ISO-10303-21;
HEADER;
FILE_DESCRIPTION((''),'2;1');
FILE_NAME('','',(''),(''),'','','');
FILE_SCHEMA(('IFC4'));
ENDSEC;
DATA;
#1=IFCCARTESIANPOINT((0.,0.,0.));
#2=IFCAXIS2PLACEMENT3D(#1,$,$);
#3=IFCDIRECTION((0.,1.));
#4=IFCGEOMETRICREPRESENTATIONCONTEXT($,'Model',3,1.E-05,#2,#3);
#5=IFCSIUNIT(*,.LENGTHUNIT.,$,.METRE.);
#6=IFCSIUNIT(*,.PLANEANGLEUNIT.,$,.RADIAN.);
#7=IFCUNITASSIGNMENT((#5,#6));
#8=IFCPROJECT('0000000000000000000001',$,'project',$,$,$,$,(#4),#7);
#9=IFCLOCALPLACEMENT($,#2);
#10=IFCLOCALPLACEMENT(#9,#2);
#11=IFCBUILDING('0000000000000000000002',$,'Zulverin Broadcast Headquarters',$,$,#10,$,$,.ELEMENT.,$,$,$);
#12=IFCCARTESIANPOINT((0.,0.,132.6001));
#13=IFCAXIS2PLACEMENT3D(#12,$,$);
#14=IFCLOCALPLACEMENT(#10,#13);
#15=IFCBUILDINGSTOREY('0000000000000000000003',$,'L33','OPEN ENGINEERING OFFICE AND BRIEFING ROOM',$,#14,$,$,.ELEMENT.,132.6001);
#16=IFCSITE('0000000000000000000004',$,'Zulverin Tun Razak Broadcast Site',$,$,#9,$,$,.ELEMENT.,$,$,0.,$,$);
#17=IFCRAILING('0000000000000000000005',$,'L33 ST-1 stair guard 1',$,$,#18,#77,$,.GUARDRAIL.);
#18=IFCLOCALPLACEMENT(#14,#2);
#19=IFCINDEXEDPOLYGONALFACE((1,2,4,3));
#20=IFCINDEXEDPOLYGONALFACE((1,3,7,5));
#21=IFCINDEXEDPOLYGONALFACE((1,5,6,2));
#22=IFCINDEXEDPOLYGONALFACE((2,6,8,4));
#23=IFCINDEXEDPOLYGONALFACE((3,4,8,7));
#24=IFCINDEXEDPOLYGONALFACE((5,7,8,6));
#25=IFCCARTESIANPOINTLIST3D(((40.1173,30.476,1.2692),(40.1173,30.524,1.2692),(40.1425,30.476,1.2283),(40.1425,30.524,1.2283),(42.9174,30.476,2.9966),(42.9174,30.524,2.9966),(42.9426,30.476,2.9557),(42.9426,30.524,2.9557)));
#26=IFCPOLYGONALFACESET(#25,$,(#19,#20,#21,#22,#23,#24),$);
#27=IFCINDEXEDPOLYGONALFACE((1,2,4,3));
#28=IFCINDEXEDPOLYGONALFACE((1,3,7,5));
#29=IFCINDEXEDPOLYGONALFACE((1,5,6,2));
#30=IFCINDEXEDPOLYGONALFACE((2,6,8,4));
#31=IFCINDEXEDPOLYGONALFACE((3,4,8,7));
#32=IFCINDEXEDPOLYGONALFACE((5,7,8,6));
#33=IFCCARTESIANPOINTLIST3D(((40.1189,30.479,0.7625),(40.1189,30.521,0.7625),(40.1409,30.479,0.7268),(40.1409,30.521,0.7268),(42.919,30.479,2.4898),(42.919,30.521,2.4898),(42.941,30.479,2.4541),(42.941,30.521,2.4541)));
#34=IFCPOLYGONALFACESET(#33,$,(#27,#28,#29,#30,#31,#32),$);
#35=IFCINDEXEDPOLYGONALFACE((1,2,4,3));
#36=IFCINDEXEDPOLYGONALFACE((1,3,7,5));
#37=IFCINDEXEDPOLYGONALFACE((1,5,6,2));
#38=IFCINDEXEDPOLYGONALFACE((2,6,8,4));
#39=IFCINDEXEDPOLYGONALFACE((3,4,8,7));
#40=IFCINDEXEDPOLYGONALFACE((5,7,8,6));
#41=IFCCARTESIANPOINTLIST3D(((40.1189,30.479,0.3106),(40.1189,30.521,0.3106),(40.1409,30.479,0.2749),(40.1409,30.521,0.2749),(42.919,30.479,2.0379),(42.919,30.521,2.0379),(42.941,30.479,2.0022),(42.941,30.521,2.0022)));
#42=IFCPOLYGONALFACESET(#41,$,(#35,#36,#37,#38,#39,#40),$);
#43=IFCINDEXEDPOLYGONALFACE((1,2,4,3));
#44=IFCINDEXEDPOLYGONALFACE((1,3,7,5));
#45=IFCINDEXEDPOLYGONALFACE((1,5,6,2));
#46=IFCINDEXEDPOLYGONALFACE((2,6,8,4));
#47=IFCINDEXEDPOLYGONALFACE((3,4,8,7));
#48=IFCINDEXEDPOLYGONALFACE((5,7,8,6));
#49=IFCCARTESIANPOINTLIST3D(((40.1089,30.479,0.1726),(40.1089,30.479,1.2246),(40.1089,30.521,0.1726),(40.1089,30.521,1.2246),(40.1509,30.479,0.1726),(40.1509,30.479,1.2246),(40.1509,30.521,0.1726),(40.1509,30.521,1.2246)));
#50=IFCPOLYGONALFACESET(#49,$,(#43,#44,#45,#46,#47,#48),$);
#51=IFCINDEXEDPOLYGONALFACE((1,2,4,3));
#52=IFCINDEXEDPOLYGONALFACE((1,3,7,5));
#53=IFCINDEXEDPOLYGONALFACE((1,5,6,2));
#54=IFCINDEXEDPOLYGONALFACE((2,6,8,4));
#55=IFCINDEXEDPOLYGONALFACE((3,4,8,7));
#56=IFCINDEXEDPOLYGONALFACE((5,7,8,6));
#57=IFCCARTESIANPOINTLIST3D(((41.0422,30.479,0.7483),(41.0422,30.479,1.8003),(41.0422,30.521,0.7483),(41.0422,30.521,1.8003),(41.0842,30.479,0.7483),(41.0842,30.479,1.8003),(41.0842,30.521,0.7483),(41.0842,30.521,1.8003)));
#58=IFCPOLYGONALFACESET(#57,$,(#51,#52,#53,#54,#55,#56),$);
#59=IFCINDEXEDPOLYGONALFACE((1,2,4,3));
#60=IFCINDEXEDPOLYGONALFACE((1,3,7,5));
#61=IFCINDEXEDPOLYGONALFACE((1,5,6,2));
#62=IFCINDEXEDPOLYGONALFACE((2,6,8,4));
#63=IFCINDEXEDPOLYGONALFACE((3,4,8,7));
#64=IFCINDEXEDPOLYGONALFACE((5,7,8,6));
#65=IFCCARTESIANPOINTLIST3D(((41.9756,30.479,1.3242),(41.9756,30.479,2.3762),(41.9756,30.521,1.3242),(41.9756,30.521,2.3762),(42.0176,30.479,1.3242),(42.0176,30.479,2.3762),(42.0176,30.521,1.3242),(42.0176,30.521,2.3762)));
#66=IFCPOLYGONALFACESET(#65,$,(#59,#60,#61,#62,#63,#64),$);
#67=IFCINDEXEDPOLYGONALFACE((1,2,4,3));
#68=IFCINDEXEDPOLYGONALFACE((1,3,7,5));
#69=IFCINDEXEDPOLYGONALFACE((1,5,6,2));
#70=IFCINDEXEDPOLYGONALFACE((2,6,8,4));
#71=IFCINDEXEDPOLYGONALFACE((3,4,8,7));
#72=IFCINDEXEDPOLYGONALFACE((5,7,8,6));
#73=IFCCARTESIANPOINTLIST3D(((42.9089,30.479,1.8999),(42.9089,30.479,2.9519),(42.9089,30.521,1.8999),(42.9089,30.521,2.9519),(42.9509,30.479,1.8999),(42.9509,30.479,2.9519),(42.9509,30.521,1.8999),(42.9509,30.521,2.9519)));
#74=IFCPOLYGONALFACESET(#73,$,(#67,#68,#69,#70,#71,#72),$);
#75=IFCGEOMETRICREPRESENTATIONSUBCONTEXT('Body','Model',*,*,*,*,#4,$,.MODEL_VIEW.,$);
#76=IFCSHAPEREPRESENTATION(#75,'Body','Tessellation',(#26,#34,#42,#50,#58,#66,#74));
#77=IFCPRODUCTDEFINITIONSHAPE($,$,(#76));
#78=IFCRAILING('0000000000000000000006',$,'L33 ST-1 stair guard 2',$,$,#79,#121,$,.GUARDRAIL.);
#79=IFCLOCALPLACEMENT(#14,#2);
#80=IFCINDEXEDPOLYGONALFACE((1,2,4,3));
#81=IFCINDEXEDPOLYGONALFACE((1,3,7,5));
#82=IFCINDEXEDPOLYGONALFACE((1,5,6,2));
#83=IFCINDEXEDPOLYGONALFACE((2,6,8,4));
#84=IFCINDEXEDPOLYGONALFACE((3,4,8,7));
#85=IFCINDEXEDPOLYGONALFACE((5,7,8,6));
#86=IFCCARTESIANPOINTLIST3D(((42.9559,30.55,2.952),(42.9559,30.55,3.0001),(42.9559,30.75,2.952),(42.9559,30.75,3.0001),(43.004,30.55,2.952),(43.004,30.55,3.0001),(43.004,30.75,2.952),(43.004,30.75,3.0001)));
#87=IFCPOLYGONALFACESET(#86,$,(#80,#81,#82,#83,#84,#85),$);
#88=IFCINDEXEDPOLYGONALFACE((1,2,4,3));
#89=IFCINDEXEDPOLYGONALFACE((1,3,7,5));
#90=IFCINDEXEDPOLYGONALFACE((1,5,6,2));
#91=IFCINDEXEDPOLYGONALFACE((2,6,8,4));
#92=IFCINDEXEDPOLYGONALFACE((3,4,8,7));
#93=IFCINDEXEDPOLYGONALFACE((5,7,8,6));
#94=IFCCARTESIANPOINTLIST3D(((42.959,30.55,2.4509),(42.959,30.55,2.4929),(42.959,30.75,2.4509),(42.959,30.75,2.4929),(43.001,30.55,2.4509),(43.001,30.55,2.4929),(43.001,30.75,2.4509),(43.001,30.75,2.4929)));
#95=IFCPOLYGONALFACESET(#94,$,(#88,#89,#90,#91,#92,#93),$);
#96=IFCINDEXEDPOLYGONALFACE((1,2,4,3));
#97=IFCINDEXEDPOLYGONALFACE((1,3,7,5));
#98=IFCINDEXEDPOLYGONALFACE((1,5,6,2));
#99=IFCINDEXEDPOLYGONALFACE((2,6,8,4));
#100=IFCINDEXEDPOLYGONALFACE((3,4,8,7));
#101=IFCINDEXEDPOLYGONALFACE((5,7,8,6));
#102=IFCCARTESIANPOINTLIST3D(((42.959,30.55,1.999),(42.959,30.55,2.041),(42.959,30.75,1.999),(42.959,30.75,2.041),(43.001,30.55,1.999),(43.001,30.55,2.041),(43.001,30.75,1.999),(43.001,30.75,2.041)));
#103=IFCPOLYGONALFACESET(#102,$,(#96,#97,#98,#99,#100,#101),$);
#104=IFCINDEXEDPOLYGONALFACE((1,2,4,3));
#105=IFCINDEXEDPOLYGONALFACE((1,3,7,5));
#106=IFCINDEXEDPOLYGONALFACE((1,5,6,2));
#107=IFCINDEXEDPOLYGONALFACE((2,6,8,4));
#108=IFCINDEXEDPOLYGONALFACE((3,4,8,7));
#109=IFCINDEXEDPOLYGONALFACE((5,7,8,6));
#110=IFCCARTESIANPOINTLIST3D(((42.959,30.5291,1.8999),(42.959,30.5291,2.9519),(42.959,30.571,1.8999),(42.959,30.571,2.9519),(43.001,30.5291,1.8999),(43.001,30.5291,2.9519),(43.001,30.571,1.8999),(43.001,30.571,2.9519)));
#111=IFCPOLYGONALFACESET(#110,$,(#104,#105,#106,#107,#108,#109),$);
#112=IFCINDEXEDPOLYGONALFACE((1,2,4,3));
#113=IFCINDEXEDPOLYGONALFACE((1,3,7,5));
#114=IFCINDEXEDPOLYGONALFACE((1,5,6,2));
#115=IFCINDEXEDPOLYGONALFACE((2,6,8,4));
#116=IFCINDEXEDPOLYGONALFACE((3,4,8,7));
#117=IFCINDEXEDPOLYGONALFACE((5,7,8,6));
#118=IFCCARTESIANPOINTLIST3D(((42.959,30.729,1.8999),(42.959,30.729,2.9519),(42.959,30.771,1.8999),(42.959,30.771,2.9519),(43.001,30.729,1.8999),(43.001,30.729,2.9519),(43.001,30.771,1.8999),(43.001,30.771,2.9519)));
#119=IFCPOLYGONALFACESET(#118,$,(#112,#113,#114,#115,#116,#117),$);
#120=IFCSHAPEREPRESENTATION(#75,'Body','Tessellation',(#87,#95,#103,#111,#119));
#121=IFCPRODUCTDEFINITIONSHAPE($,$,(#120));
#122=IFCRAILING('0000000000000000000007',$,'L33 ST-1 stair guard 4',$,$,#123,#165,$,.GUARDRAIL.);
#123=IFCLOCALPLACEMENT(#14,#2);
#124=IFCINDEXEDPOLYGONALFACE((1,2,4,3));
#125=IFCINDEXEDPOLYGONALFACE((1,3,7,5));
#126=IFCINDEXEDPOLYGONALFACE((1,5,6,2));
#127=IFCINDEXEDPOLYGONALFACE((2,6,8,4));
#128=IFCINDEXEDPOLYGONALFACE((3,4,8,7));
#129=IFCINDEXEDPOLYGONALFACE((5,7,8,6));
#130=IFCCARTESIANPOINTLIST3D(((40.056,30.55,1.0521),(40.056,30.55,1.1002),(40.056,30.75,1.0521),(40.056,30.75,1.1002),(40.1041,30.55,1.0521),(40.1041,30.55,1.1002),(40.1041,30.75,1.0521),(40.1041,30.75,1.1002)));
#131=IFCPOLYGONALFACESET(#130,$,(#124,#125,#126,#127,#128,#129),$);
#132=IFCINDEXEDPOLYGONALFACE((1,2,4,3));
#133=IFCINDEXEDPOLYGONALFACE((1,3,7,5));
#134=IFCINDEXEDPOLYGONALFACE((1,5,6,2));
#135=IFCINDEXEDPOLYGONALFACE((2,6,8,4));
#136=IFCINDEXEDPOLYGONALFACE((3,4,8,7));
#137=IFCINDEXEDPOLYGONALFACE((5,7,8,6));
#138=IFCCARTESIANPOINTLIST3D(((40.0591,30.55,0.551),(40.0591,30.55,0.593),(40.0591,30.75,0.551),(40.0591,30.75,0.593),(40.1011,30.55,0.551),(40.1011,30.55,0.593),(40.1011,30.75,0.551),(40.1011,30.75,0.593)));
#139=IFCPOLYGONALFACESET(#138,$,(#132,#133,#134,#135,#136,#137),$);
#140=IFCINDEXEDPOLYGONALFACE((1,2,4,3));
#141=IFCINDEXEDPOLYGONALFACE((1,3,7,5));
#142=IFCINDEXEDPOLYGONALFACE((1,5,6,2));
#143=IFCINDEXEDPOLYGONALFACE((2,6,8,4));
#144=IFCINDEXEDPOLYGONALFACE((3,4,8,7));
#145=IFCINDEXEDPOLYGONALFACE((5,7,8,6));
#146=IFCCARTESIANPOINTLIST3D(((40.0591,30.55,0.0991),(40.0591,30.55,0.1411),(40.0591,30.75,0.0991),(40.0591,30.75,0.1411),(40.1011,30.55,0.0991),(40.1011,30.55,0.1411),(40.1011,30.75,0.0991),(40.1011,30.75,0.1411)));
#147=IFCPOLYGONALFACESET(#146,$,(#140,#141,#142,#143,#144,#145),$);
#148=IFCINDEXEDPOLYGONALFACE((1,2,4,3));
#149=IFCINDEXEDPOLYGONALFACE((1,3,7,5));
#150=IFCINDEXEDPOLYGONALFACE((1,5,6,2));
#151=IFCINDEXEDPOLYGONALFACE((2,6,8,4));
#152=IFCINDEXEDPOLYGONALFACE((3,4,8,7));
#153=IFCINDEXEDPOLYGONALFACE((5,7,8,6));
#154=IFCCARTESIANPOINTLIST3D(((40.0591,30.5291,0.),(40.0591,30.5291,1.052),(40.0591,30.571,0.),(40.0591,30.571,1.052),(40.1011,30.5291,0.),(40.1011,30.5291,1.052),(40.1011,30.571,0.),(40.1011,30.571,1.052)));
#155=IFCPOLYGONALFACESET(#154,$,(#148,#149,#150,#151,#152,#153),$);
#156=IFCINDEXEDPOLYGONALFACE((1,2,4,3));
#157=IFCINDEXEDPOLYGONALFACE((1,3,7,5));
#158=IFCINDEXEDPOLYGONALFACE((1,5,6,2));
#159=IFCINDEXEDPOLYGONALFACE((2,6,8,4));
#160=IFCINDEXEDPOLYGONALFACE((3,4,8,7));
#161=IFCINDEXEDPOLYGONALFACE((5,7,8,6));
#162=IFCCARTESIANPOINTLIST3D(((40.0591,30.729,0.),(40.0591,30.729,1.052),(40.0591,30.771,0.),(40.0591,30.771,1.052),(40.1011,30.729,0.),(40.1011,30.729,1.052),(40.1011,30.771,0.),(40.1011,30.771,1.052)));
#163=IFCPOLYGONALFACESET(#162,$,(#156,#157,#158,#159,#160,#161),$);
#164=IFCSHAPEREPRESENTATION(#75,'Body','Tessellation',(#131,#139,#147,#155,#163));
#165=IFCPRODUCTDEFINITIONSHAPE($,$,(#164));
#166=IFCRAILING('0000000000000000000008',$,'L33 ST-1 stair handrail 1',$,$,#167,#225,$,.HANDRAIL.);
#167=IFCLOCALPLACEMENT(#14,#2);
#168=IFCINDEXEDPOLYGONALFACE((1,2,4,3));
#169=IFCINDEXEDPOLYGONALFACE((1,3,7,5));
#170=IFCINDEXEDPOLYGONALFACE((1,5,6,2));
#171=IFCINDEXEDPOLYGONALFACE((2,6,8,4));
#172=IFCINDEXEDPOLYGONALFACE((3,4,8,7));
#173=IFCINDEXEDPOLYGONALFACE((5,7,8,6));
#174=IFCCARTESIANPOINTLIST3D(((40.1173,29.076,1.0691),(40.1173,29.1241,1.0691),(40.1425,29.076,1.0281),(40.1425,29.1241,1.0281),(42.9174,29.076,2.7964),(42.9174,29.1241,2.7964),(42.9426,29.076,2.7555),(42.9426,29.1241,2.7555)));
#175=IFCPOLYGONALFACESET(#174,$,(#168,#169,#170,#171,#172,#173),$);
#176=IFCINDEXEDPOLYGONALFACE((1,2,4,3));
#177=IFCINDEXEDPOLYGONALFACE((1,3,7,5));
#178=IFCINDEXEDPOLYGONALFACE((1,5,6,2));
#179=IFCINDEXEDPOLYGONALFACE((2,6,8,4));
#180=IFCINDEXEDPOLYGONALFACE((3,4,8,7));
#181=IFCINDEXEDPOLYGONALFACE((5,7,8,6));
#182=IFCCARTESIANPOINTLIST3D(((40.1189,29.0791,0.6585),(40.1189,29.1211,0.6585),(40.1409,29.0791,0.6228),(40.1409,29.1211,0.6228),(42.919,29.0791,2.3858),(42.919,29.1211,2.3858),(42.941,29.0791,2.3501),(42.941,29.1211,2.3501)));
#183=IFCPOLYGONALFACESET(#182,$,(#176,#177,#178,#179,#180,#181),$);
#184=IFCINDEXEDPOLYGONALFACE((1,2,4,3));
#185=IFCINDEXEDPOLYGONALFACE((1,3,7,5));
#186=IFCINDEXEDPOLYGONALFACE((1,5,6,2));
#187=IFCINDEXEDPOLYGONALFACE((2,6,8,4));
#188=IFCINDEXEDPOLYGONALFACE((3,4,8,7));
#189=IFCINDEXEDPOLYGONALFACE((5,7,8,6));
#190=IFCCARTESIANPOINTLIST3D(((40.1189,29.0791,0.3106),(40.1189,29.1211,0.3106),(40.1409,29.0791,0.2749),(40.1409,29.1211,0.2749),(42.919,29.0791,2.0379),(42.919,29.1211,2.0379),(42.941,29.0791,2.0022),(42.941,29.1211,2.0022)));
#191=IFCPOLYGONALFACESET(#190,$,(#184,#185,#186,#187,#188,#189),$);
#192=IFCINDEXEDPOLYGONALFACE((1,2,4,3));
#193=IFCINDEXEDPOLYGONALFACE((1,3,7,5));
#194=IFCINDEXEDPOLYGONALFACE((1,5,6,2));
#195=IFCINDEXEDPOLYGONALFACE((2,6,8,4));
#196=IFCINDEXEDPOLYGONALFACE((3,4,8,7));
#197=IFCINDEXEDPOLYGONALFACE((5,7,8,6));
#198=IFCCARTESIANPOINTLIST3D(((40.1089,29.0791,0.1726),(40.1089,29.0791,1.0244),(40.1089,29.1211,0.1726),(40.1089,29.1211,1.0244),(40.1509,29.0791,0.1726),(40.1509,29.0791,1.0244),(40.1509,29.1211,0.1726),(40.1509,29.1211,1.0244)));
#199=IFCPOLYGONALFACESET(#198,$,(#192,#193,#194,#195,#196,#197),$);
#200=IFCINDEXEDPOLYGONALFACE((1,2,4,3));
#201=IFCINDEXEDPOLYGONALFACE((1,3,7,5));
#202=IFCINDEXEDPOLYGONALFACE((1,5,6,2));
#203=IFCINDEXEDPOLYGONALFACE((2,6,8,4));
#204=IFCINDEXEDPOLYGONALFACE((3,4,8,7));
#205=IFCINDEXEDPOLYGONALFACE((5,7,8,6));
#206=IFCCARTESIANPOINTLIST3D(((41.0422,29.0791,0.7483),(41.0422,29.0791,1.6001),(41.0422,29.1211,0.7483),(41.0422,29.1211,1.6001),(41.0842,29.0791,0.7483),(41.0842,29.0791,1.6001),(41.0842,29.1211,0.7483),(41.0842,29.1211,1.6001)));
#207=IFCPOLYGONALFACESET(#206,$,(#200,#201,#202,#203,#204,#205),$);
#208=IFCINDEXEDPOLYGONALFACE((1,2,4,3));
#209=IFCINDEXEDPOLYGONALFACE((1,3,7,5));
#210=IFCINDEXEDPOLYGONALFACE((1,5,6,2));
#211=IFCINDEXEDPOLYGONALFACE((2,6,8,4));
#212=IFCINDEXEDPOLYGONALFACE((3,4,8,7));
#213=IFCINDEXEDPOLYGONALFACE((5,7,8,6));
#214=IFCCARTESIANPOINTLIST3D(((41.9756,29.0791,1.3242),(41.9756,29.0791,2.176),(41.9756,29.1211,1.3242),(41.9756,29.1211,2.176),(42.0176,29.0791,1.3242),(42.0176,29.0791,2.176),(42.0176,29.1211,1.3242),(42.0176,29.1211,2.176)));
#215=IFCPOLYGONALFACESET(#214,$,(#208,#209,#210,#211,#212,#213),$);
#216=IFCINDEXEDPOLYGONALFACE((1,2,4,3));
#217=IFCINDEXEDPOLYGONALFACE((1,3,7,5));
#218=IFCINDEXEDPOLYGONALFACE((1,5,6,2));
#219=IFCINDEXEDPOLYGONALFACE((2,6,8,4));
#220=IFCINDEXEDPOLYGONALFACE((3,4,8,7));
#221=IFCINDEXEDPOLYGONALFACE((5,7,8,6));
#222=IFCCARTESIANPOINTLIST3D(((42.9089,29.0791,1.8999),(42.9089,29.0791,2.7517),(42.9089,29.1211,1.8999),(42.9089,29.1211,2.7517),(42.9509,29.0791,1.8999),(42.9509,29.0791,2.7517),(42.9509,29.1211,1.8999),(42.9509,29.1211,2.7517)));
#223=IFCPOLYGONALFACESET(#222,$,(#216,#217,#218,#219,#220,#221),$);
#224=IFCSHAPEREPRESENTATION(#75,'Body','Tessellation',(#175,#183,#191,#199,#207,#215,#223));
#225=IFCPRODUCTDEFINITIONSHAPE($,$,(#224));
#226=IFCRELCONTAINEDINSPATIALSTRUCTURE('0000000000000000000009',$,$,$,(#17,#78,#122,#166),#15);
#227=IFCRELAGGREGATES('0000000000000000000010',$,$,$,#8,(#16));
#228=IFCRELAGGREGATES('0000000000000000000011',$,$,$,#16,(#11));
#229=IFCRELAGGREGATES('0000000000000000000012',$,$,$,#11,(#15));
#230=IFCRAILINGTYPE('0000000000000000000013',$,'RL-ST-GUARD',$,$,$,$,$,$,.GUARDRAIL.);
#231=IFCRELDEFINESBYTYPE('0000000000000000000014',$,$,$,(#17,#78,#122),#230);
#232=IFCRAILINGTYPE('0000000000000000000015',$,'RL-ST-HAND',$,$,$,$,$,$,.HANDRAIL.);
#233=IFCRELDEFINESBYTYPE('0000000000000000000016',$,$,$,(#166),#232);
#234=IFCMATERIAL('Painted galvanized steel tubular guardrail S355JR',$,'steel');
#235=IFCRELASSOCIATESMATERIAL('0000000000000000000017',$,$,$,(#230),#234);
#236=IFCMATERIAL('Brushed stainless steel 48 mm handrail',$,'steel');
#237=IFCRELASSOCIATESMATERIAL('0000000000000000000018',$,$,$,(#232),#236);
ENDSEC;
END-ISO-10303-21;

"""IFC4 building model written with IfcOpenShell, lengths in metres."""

from ifc_helpers import new_model, si_unit, direction, frame, origin, origin_2d, place, context, subcontext, project, spatial, rectangle, extrude, material, type_object, element, save


model = new_model("IFC4")

# Units and contexts
model_context = context("Model", 3, precision=1e-05, world=origin(), true_north=direction((0.0, 1.0)))
body_context = subcontext(model_context, "Body", "Model", "MODEL_VIEW")
ifc_project = project(units=[si_unit("LENGTHUNIT", "METRE"), si_unit("PLANEANGLEUNIT", "RADIAN")], contexts=[model_context])

# Site, building, storey
site_placement = place(None, origin())
site = spatial("IfcSite", under=ifc_project, at=site_placement, Name="Zulverin Tun Razak Broadcast Site", CompositionType="ELEMENT", RefElevation=0.0)
building_placement = place(site_placement, origin())
building = spatial("IfcBuilding", under=site, at=building_placement, Name="Zulverin Broadcast Headquarters", CompositionType="ELEMENT")
storey_placement = place(building_placement, frame((0.0, 0.0, 132.6001)))
storey = spatial("IfcBuildingStorey", under=building, at=storey_placement, Name="L33", Description="OPEN ENGINEERING OFFICE AND BRIEFING ROOM", CompositionType="ELEMENT", Elevation=132.6001)

# Railings
ifc_material_1 = material(Name="Painted galvanized steel tubular guardrail S355JR", Category="steel")
railing_type_1 = type_object("IfcRailingType", Name="RL-ST-GUARD", PredefinedType="GUARDRAIL", material=ifc_material_1)
railing_1_placement = place(storey_placement, frame((40.1299, 30.5, 0.1726)))
element("IfcRailing", 1, at=railing_1_placement, inside=storey, type_object=railing_type_1, Name="L33 ST-1 stair guard 1", PredefinedType="GUARDRAIL", context=body_context, shape_type="SweptSolid", body=[
    extrude(rectangle(XDim=0.0481, YDim=0.0481, at=origin_2d()), frame((0.0, 0.0, 1.0762), z_axis=(0.85109, 0.0, 0.52502), x_axis=(0.0, 1.0, 0.0)), (0.0, 0.0, 1.0), 3.29),
    extrude(rectangle(XDim=0.042, YDim=0.042, at=origin_2d()), frame((0.0, 0.0, 0.572), z_axis=(0.85109, 0.0, 0.52502), x_axis=(0.0, 1.0, 0.0)), (0.0, 0.0, 1.0), 3.29),
    extrude(rectangle(XDim=0.042, YDim=0.042, at=origin_2d()), frame((0.0, 0.0, 0.1201), z_axis=(0.85109, 0.0, 0.52502), x_axis=(0.0, 1.0, 0.0)), (0.0, 0.0, 1.0), 3.29),
    extrude(rectangle(XDim=0.042, YDim=0.042, at=origin_2d()), origin(), (0.0, 0.0, 1.0), 1.052),
    extrude(rectangle(XDim=0.042, YDim=0.042, at=origin_2d()), frame((0.9333, 0.0, 0.5757)), (0.0, 0.0, 1.0), 1.052),
    extrude(rectangle(XDim=0.042, YDim=0.042, at=origin_2d()), frame((1.8667, 0.0, 1.1516)), (0.0, 0.0, 1.0), 1.052),
    extrude(rectangle(XDim=0.042, YDim=0.042, at=origin_2d()), frame((2.8, 0.0, 1.7273)), (0.0, 0.0, 1.0), 1.052),
])
for number, where, name in (
    (2, (42.98, 30.55, 1.8999), "L33 ST-1 stair guard 2"),
    (3, (40.0801, 30.55, 0.0), "L33 ST-1 stair guard 4"),
):
    element("IfcRailing", number, at=place(storey_placement, frame(where)), inside=storey, type_object=railing_type_1, Name=name, PredefinedType="GUARDRAIL", context=body_context, shape_type="SweptSolid", body=[
        extrude(rectangle(XDim=0.0481, YDim=0.0481, at=origin_2d()), frame((0.0, 0.0, 1.0762), z_axis=(0.0, 1.0, 0.0), x_axis=(-1.0, 0.0, 0.0)), (0.0, 0.0, 1.0), 0.2),
        extrude(rectangle(XDim=0.042, YDim=0.042, at=origin_2d()), frame((0.0, 0.0, 0.572), z_axis=(0.0, 1.0, 0.0), x_axis=(-1.0, 0.0, 0.0)), (0.0, 0.0, 1.0), 0.2),
        extrude(rectangle(XDim=0.042, YDim=0.042, at=origin_2d()), frame((0.0, 0.0, 0.1201), z_axis=(0.0, 1.0, 0.0), x_axis=(-1.0, 0.0, 0.0)), (0.0, 0.0, 1.0), 0.2),
        extrude(rectangle(XDim=0.042, YDim=0.042, at=origin_2d()), origin(), (0.0, 0.0, 1.0), 1.052),
        extrude(rectangle(XDim=0.042, YDim=0.042, at=origin_2d()), frame((0.0, 0.2, 0.0)), (0.0, 0.0, 1.0), 1.052),
    ])
ifc_material_2 = material(Name="Brushed stainless steel 48 mm handrail", Category="steel")
railing_type_2 = type_object("IfcRailingType", Name="RL-ST-HAND", PredefinedType="HANDRAIL", material=ifc_material_2)
railing_2_placement = place(storey_placement, frame((40.1299, 29.1001, 0.1726)))
element("IfcRailing", 4, at=railing_2_placement, inside=storey, type_object=railing_type_2, Name="L33 ST-1 stair handrail 1", PredefinedType="HANDRAIL", context=body_context, shape_type="SweptSolid", body=[
    extrude(rectangle(XDim=0.0481, YDim=0.0481, at=origin_2d()), frame((0.0, 0.0, 0.876), z_axis=(0.85109, 0.0, 0.52502), x_axis=(0.0, 1.0, 0.0)), (0.0, 0.0, 1.0), 3.29),
    extrude(rectangle(XDim=0.042, YDim=0.042, at=origin_2d()), frame((0.0, 0.0, 0.468), z_axis=(0.85109, 0.0, 0.52502), x_axis=(0.0, 1.0, 0.0)), (0.0, 0.0, 1.0), 3.29),
    extrude(rectangle(XDim=0.042, YDim=0.042, at=origin_2d()), frame((0.0, 0.0, 0.1201), z_axis=(0.85109, 0.0, 0.52502), x_axis=(0.0, 1.0, 0.0)), (0.0, 0.0, 1.0), 3.29),
    extrude(rectangle(XDim=0.042, YDim=0.042, at=origin_2d()), origin(), (0.0, 0.0, 1.0), 0.8518),
    extrude(rectangle(XDim=0.042, YDim=0.042, at=origin_2d()), frame((0.9333, 0.0, 0.5757)), (0.0, 0.0, 1.0), 0.8518),
    extrude(rectangle(XDim=0.042, YDim=0.042, at=origin_2d()), frame((1.8667, 0.0, 1.1516)), (0.0, 0.0, 1.0), 0.8518),
    extrude(rectangle(XDim=0.042, YDim=0.042, at=origin_2d()), frame((2.8, 0.0, 1.7273)), (0.0, 0.0, 1.0), 0.8518),
])

save(model, "model.ifc")
